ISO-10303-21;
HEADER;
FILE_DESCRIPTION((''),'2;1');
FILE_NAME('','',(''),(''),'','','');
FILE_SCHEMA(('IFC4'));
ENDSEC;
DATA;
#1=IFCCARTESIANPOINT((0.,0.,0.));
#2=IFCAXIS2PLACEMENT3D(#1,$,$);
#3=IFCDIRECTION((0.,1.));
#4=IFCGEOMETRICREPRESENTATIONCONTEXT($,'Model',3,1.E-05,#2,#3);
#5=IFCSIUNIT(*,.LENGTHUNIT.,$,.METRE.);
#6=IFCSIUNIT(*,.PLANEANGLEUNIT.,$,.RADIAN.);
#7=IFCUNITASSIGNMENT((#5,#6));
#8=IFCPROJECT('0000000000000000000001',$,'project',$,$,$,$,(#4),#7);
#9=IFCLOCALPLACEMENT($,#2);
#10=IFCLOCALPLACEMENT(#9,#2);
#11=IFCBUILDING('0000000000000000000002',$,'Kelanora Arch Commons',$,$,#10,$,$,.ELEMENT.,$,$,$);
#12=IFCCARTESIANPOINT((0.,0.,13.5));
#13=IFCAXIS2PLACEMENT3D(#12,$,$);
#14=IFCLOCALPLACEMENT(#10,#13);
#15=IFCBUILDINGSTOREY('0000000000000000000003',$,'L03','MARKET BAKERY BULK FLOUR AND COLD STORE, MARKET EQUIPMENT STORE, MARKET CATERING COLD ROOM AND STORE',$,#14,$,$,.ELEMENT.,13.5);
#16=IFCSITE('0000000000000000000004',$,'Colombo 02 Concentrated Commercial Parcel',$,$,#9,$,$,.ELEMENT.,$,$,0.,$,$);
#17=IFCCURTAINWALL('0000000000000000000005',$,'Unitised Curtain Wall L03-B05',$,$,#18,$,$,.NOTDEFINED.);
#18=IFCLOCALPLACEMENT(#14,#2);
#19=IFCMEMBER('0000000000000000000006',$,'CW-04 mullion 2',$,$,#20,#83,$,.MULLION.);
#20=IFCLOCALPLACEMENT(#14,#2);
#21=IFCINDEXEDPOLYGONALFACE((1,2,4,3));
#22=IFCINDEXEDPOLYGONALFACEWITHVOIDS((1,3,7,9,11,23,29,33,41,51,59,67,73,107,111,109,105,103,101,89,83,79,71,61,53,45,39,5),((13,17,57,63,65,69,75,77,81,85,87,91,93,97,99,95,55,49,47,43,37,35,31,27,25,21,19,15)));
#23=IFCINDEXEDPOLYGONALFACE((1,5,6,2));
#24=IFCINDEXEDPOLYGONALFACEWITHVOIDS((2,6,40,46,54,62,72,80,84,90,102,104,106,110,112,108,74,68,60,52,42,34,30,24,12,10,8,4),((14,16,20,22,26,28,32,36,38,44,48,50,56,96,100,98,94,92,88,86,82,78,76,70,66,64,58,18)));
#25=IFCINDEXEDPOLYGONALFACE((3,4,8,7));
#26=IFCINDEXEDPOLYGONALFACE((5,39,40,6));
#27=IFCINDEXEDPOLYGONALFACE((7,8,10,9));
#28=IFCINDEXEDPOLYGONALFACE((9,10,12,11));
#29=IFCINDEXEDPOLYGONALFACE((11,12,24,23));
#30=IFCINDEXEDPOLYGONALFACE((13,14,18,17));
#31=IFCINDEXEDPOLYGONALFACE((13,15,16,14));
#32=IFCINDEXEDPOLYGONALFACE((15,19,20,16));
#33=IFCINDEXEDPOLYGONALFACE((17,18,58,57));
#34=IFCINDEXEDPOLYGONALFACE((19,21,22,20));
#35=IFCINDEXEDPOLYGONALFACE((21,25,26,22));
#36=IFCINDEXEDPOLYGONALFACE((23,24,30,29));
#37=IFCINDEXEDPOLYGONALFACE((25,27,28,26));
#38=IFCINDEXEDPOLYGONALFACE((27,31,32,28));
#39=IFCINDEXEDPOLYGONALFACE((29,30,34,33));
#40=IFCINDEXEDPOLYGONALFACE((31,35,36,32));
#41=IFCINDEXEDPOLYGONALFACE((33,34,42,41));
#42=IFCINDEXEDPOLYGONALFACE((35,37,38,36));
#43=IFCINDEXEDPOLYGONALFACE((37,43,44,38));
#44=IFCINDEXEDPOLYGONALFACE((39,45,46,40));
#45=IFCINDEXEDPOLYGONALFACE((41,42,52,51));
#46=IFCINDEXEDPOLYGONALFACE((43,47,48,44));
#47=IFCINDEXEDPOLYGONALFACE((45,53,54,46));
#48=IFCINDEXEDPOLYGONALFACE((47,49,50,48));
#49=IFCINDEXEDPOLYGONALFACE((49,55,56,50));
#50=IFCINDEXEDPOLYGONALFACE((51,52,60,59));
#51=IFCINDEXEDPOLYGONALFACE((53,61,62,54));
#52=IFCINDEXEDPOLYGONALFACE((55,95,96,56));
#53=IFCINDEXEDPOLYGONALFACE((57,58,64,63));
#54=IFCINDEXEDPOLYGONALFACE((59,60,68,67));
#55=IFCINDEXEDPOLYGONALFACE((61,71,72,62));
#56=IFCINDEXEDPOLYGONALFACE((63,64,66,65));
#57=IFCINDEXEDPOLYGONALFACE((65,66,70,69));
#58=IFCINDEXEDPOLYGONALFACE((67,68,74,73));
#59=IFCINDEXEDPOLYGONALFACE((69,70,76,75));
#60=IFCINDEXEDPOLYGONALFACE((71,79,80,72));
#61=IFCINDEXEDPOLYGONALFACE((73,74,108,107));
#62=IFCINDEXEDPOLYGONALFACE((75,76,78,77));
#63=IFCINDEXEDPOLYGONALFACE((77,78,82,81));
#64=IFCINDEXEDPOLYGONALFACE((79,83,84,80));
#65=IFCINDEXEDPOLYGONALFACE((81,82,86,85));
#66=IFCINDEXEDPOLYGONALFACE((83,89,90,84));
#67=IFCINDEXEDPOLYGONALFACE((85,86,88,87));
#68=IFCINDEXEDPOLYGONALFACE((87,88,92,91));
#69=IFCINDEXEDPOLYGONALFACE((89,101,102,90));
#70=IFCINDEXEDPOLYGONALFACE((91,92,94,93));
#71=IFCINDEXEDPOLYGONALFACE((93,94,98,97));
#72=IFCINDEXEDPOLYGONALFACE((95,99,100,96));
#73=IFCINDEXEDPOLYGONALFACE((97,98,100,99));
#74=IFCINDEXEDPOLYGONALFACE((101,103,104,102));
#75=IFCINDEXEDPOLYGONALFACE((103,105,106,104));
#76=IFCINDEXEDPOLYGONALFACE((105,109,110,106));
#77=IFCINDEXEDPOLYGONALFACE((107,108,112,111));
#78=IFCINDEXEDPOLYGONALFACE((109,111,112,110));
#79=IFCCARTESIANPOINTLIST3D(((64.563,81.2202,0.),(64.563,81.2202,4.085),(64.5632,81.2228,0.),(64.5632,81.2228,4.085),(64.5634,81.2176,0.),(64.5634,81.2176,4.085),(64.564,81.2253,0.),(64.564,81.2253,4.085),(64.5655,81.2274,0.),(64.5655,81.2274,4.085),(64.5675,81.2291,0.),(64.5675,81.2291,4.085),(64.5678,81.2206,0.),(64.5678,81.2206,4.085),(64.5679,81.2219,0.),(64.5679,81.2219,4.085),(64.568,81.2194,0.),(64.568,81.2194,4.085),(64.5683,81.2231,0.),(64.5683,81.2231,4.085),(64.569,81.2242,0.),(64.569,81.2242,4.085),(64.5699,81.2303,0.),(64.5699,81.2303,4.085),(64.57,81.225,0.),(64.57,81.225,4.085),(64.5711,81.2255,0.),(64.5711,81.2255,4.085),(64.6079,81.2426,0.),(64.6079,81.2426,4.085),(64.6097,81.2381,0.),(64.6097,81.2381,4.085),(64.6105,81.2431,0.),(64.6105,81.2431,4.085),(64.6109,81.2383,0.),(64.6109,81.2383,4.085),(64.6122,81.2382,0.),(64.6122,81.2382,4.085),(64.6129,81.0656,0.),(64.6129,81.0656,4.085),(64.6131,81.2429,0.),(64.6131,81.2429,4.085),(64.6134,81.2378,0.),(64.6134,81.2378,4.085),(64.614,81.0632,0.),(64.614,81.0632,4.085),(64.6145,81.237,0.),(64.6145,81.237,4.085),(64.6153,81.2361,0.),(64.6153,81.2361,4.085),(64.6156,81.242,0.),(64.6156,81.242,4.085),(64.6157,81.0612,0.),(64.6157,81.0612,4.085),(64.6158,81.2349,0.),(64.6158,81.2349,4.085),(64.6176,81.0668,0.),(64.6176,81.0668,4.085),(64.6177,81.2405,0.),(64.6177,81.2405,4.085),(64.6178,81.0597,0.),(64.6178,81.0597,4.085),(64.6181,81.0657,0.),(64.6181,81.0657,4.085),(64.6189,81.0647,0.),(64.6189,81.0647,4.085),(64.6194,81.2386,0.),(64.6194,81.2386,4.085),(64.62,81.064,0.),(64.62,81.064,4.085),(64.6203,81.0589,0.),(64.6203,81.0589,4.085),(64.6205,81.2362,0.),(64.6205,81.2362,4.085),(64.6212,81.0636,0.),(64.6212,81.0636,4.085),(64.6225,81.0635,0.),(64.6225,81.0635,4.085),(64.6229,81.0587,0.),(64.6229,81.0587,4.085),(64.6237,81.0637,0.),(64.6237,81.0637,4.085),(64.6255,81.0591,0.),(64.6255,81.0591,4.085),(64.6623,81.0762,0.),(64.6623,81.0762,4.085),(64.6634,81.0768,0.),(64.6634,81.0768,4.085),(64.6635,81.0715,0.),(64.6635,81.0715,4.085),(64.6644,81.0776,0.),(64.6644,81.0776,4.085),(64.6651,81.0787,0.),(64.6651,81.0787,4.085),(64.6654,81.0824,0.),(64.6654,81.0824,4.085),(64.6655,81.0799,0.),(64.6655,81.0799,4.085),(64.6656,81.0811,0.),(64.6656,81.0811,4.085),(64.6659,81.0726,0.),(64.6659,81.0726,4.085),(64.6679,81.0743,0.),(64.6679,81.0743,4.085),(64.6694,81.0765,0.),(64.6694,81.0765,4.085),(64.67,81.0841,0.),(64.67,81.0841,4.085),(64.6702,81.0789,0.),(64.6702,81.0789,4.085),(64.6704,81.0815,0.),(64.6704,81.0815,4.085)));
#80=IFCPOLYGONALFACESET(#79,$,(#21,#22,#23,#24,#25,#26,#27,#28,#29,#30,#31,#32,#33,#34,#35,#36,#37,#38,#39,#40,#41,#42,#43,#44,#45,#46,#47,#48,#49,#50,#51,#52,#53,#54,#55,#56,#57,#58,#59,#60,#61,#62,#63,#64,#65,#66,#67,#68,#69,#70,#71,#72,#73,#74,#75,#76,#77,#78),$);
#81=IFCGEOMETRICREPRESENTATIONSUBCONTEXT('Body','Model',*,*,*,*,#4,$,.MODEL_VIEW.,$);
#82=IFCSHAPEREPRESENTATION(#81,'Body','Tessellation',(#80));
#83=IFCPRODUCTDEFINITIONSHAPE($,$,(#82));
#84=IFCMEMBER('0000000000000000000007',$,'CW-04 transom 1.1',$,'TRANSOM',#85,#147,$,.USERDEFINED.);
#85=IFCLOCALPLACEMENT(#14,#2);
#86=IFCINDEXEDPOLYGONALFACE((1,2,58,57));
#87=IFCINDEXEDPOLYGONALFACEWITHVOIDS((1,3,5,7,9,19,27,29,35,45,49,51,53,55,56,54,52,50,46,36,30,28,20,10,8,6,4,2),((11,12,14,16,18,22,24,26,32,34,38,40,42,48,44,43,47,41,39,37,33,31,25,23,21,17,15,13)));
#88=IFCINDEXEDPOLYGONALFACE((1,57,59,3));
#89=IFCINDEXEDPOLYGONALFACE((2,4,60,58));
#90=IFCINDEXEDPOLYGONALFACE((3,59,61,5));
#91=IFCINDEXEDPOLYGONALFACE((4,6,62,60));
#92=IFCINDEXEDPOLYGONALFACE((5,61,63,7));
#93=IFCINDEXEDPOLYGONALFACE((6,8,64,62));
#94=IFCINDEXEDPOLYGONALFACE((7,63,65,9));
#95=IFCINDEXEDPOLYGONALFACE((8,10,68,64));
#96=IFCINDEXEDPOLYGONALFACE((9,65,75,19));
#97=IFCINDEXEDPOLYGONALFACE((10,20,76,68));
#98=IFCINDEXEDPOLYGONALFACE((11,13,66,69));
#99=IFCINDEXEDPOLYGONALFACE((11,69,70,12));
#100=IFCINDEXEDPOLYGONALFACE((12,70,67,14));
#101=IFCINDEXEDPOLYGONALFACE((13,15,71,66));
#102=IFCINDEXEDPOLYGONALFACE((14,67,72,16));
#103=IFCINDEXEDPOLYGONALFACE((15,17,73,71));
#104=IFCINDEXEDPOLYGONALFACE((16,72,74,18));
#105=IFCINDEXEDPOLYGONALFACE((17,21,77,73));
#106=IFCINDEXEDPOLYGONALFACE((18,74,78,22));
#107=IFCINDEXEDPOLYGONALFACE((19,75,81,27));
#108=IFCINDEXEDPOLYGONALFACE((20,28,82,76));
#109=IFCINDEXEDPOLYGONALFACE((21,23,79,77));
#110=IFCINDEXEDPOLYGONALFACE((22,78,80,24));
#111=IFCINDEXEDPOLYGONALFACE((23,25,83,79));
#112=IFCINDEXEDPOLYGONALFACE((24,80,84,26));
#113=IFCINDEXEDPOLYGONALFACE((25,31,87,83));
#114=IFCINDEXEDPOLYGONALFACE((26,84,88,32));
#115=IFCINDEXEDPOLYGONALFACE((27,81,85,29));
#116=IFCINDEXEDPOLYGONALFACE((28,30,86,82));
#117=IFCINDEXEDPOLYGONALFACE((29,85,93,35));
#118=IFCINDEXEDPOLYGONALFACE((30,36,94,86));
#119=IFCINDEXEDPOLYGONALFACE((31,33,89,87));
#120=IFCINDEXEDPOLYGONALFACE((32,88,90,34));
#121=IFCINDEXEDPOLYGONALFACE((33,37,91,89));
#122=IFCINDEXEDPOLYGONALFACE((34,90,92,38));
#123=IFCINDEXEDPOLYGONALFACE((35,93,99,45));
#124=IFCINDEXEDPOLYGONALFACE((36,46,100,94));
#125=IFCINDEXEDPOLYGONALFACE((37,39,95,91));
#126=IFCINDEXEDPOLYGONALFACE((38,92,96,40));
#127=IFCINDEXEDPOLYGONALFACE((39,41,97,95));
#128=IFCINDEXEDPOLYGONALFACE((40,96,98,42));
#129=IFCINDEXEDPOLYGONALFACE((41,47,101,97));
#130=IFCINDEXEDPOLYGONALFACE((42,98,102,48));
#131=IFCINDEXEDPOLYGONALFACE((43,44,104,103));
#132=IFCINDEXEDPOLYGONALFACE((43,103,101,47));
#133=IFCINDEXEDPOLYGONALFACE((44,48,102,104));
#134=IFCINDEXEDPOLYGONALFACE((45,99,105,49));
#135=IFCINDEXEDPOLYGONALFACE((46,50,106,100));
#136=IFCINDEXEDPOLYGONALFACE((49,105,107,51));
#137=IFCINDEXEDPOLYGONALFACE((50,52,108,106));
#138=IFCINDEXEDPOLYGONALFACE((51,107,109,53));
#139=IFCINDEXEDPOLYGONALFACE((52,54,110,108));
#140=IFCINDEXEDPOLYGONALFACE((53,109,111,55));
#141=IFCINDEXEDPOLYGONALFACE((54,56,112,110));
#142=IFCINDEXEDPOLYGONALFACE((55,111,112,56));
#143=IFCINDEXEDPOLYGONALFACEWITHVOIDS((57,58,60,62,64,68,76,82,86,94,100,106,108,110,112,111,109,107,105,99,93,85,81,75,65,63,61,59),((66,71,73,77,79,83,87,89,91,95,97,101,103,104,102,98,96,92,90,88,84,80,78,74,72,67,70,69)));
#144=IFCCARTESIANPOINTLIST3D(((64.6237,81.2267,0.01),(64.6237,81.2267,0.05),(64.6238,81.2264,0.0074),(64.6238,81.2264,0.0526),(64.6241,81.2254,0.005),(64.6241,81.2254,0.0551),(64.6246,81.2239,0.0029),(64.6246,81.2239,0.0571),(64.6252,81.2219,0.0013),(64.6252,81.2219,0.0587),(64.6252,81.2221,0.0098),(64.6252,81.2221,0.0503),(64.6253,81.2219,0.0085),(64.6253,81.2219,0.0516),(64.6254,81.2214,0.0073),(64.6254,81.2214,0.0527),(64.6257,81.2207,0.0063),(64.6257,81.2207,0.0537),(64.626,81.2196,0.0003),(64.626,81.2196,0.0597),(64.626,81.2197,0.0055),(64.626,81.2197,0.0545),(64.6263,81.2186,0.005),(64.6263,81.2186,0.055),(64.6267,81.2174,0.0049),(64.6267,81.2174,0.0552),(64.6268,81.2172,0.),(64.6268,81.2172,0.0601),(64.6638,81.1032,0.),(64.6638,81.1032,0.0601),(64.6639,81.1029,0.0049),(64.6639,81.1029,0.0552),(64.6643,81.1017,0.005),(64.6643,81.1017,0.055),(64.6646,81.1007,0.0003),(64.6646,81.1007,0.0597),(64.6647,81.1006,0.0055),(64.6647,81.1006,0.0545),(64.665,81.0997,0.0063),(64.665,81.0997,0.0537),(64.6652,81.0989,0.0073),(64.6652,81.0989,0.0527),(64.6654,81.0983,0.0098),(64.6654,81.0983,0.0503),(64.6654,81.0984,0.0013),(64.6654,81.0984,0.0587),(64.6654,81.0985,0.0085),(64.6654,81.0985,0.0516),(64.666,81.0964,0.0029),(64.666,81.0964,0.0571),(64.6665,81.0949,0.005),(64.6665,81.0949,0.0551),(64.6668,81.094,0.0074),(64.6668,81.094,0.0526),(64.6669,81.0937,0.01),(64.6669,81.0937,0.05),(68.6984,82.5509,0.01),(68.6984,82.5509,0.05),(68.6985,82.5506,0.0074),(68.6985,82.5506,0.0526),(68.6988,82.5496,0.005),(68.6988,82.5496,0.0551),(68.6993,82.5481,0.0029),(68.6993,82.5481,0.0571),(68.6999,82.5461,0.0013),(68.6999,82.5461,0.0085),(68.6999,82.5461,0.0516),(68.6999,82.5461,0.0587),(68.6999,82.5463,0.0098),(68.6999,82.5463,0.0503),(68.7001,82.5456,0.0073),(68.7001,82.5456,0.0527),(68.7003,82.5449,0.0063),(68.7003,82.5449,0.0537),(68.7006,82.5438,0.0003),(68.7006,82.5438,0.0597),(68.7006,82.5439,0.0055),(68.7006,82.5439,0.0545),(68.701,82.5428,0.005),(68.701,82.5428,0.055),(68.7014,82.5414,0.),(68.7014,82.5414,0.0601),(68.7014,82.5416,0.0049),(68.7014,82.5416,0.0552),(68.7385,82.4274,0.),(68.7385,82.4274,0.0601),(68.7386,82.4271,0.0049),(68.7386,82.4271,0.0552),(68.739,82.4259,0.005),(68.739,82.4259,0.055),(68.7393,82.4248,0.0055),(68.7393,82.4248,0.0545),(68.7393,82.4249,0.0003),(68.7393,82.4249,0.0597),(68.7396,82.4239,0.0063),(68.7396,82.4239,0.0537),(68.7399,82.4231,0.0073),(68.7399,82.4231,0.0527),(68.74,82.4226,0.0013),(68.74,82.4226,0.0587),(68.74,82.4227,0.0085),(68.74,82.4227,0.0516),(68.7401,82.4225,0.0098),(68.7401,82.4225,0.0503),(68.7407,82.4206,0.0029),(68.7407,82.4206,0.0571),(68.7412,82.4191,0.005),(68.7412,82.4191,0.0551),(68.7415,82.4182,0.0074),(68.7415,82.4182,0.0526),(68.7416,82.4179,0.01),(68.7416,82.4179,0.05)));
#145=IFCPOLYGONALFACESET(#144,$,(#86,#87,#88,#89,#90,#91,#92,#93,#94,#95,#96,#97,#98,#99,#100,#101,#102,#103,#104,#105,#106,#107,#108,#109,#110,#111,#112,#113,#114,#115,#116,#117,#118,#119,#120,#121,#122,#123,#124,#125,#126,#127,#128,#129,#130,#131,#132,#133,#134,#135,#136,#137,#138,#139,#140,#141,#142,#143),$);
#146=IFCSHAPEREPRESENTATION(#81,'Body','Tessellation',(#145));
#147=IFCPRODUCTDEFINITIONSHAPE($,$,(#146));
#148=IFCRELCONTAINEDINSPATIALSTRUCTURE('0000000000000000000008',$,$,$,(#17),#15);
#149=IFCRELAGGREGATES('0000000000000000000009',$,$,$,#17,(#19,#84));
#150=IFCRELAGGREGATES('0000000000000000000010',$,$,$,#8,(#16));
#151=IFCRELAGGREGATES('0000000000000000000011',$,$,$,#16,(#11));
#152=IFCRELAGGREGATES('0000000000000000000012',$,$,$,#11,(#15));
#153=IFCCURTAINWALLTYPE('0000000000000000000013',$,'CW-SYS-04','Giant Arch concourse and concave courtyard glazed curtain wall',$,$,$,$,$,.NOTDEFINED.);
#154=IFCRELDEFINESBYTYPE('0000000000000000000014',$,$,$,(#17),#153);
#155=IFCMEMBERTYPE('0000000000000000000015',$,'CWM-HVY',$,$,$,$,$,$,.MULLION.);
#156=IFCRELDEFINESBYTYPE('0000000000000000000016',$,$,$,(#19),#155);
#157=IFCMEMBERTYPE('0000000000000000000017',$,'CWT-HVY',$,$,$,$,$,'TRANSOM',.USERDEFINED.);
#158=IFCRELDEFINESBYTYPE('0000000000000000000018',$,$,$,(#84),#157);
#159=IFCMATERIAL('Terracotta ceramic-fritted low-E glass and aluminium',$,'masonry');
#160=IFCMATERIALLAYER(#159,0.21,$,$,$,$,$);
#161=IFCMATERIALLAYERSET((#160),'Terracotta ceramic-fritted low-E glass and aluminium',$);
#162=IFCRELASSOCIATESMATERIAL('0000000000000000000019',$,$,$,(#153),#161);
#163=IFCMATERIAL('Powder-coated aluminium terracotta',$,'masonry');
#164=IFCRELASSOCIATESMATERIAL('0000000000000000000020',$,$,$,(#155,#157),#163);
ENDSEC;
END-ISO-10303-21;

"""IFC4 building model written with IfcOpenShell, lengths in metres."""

from ifc_helpers import new_model, si_unit, direction, frame, origin, origin_2d, place, context, subcontext, project, spatial, hollow_rectangle, extrude, material, layer, layer_set, material_profile, profile_set, type_object, element, aggregate, save


model = new_model("IFC4")

# Units and contexts
model_context = context("Model", 3, precision=1e-05, world=origin(), true_north=direction((0.0, 1.0)))
body_context = subcontext(model_context, "Body", "Model", "MODEL_VIEW")
ifc_project = project(units=[si_unit("LENGTHUNIT", "METRE"), si_unit("PLANEANGLEUNIT", "RADIAN")], contexts=[model_context])

# Site, building, storey
site_placement = place(None, origin())
site = spatial("IfcSite", under=ifc_project, at=site_placement, Name="Colombo 02 Concentrated Commercial Parcel", CompositionType="ELEMENT", RefElevation=0.0)
building_placement = place(site_placement, origin())
building = spatial("IfcBuilding", under=site, at=building_placement, Name="Kelanora Arch Commons", CompositionType="ELEMENT")
storey_placement = place(building_placement, frame((0.0, 0.0, 13.5)))
storey = spatial("IfcBuildingStorey", under=building, at=storey_placement, Name="L03", Description="MARKET BAKERY BULK FLOUR AND COLD STORE, MARKET EQUIPMENT STORE, MARKET CATERING COLD ROOM AND STORE", CompositionType="ELEMENT", Elevation=13.5)

# Curtain wall, members
ifc_material_1 = material(Name="Terracotta ceramic-fritted low-E glass and aluminium", Category="masonry")
ifc_layer_1 = layer(ifc_material_1, 0.21)
ifc_layer_set_1 = layer_set([ifc_layer_1], Name="Terracotta ceramic-fritted low-E glass and aluminium")
curtain_wall_type = type_object("IfcCurtainWallType", Name="CW-SYS-04", Description="Giant Arch concourse and concave courtyard glazed curtain wall", PredefinedType="NOTDEFINED", material=ifc_layer_set_1)
curtain_wall_placement = place(storey_placement, origin())
curtain_wall = element("IfcCurtainWall", 1, at=curtain_wall_placement, inside=storey, type_object=curtain_wall_type, Name="Unitised Curtain Wall L03-B05", PredefinedType="NOTDEFINED")
ifc_material_2 = material(Name="Powder-coated aluminium terracotta", Category="masonry")
ifc_material_profile_1 = material_profile(ifc_material_2, hollow_rectangle(XDim=0.1799, YDim=0.0601, WallThickness=0.0049, InnerFilletRadius=0.0049, OuterFilletRadius=0.01, at=origin_2d()), Name="CWM180x60")
ifc_profile_set_1 = profile_set([ifc_material_profile_1], Name="Powder-coated aluminium terracotta")
member_type_1 = type_object("IfcMemberType", Name="CWM-HVY", PredefinedType="MULLION", material=ifc_profile_set_1)
member_1_placement = place(storey_placement, frame((64.6167, 81.1509, 0.0), z_axis=(0.0, 0.0, 1.0), x_axis=(0.30907, -0.951039, 0.0)))
member_1 = element("IfcMember", 2, at=member_1_placement, type_object=member_type_1, Name="CW-04 mullion 2", PredefinedType="MULLION", context=body_context, shape_type="SweptSolid", body=[
    extrude(hollow_rectangle(XDim=0.1799, YDim=0.0601, WallThickness=0.0049, InnerFilletRadius=0.0049, OuterFilletRadius=0.01, at=origin_2d()), origin(), (0.0, 0.0, 1.0), 4.085),
])
ifc_material_profile_2 = material_profile(ifc_material_2, hollow_rectangle(XDim=0.1399, YDim=0.0601, WallThickness=0.0049, InnerFilletRadius=0.0049, OuterFilletRadius=0.01, at=origin_2d()), Name="CWT140x60")
ifc_profile_set_2 = profile_set([ifc_material_profile_2], Name="Powder-coated aluminium terracotta")
member_type_2 = type_object("IfcMemberType", Name="CWT-HVY", ElementType="TRANSOM", PredefinedType="USERDEFINED", material=ifc_profile_set_2)
member_2_placement = place(storey_placement, frame((68.72, 82.4844, 0.03), z_axis=(-0.951038, -0.309073, 0.0), x_axis=(0.309073, -0.951038, 0.0)))
member_2 = element("IfcMember", 3, at=member_2_placement, type_object=member_type_2, Name="CW-04 transom 1.1", ObjectType="TRANSOM", PredefinedType="USERDEFINED", context=body_context, shape_type="SweptSolid", body=[
    extrude(hollow_rectangle(XDim=0.1399, YDim=0.0601, WallThickness=0.0049, InnerFilletRadius=0.0049, OuterFilletRadius=0.01, at=origin_2d()), origin(), (0.0, 0.0, 1.0), 4.2844),
])
aggregate(curtain_wall, [member_1, member_2])

save(model, "model.ifc")
